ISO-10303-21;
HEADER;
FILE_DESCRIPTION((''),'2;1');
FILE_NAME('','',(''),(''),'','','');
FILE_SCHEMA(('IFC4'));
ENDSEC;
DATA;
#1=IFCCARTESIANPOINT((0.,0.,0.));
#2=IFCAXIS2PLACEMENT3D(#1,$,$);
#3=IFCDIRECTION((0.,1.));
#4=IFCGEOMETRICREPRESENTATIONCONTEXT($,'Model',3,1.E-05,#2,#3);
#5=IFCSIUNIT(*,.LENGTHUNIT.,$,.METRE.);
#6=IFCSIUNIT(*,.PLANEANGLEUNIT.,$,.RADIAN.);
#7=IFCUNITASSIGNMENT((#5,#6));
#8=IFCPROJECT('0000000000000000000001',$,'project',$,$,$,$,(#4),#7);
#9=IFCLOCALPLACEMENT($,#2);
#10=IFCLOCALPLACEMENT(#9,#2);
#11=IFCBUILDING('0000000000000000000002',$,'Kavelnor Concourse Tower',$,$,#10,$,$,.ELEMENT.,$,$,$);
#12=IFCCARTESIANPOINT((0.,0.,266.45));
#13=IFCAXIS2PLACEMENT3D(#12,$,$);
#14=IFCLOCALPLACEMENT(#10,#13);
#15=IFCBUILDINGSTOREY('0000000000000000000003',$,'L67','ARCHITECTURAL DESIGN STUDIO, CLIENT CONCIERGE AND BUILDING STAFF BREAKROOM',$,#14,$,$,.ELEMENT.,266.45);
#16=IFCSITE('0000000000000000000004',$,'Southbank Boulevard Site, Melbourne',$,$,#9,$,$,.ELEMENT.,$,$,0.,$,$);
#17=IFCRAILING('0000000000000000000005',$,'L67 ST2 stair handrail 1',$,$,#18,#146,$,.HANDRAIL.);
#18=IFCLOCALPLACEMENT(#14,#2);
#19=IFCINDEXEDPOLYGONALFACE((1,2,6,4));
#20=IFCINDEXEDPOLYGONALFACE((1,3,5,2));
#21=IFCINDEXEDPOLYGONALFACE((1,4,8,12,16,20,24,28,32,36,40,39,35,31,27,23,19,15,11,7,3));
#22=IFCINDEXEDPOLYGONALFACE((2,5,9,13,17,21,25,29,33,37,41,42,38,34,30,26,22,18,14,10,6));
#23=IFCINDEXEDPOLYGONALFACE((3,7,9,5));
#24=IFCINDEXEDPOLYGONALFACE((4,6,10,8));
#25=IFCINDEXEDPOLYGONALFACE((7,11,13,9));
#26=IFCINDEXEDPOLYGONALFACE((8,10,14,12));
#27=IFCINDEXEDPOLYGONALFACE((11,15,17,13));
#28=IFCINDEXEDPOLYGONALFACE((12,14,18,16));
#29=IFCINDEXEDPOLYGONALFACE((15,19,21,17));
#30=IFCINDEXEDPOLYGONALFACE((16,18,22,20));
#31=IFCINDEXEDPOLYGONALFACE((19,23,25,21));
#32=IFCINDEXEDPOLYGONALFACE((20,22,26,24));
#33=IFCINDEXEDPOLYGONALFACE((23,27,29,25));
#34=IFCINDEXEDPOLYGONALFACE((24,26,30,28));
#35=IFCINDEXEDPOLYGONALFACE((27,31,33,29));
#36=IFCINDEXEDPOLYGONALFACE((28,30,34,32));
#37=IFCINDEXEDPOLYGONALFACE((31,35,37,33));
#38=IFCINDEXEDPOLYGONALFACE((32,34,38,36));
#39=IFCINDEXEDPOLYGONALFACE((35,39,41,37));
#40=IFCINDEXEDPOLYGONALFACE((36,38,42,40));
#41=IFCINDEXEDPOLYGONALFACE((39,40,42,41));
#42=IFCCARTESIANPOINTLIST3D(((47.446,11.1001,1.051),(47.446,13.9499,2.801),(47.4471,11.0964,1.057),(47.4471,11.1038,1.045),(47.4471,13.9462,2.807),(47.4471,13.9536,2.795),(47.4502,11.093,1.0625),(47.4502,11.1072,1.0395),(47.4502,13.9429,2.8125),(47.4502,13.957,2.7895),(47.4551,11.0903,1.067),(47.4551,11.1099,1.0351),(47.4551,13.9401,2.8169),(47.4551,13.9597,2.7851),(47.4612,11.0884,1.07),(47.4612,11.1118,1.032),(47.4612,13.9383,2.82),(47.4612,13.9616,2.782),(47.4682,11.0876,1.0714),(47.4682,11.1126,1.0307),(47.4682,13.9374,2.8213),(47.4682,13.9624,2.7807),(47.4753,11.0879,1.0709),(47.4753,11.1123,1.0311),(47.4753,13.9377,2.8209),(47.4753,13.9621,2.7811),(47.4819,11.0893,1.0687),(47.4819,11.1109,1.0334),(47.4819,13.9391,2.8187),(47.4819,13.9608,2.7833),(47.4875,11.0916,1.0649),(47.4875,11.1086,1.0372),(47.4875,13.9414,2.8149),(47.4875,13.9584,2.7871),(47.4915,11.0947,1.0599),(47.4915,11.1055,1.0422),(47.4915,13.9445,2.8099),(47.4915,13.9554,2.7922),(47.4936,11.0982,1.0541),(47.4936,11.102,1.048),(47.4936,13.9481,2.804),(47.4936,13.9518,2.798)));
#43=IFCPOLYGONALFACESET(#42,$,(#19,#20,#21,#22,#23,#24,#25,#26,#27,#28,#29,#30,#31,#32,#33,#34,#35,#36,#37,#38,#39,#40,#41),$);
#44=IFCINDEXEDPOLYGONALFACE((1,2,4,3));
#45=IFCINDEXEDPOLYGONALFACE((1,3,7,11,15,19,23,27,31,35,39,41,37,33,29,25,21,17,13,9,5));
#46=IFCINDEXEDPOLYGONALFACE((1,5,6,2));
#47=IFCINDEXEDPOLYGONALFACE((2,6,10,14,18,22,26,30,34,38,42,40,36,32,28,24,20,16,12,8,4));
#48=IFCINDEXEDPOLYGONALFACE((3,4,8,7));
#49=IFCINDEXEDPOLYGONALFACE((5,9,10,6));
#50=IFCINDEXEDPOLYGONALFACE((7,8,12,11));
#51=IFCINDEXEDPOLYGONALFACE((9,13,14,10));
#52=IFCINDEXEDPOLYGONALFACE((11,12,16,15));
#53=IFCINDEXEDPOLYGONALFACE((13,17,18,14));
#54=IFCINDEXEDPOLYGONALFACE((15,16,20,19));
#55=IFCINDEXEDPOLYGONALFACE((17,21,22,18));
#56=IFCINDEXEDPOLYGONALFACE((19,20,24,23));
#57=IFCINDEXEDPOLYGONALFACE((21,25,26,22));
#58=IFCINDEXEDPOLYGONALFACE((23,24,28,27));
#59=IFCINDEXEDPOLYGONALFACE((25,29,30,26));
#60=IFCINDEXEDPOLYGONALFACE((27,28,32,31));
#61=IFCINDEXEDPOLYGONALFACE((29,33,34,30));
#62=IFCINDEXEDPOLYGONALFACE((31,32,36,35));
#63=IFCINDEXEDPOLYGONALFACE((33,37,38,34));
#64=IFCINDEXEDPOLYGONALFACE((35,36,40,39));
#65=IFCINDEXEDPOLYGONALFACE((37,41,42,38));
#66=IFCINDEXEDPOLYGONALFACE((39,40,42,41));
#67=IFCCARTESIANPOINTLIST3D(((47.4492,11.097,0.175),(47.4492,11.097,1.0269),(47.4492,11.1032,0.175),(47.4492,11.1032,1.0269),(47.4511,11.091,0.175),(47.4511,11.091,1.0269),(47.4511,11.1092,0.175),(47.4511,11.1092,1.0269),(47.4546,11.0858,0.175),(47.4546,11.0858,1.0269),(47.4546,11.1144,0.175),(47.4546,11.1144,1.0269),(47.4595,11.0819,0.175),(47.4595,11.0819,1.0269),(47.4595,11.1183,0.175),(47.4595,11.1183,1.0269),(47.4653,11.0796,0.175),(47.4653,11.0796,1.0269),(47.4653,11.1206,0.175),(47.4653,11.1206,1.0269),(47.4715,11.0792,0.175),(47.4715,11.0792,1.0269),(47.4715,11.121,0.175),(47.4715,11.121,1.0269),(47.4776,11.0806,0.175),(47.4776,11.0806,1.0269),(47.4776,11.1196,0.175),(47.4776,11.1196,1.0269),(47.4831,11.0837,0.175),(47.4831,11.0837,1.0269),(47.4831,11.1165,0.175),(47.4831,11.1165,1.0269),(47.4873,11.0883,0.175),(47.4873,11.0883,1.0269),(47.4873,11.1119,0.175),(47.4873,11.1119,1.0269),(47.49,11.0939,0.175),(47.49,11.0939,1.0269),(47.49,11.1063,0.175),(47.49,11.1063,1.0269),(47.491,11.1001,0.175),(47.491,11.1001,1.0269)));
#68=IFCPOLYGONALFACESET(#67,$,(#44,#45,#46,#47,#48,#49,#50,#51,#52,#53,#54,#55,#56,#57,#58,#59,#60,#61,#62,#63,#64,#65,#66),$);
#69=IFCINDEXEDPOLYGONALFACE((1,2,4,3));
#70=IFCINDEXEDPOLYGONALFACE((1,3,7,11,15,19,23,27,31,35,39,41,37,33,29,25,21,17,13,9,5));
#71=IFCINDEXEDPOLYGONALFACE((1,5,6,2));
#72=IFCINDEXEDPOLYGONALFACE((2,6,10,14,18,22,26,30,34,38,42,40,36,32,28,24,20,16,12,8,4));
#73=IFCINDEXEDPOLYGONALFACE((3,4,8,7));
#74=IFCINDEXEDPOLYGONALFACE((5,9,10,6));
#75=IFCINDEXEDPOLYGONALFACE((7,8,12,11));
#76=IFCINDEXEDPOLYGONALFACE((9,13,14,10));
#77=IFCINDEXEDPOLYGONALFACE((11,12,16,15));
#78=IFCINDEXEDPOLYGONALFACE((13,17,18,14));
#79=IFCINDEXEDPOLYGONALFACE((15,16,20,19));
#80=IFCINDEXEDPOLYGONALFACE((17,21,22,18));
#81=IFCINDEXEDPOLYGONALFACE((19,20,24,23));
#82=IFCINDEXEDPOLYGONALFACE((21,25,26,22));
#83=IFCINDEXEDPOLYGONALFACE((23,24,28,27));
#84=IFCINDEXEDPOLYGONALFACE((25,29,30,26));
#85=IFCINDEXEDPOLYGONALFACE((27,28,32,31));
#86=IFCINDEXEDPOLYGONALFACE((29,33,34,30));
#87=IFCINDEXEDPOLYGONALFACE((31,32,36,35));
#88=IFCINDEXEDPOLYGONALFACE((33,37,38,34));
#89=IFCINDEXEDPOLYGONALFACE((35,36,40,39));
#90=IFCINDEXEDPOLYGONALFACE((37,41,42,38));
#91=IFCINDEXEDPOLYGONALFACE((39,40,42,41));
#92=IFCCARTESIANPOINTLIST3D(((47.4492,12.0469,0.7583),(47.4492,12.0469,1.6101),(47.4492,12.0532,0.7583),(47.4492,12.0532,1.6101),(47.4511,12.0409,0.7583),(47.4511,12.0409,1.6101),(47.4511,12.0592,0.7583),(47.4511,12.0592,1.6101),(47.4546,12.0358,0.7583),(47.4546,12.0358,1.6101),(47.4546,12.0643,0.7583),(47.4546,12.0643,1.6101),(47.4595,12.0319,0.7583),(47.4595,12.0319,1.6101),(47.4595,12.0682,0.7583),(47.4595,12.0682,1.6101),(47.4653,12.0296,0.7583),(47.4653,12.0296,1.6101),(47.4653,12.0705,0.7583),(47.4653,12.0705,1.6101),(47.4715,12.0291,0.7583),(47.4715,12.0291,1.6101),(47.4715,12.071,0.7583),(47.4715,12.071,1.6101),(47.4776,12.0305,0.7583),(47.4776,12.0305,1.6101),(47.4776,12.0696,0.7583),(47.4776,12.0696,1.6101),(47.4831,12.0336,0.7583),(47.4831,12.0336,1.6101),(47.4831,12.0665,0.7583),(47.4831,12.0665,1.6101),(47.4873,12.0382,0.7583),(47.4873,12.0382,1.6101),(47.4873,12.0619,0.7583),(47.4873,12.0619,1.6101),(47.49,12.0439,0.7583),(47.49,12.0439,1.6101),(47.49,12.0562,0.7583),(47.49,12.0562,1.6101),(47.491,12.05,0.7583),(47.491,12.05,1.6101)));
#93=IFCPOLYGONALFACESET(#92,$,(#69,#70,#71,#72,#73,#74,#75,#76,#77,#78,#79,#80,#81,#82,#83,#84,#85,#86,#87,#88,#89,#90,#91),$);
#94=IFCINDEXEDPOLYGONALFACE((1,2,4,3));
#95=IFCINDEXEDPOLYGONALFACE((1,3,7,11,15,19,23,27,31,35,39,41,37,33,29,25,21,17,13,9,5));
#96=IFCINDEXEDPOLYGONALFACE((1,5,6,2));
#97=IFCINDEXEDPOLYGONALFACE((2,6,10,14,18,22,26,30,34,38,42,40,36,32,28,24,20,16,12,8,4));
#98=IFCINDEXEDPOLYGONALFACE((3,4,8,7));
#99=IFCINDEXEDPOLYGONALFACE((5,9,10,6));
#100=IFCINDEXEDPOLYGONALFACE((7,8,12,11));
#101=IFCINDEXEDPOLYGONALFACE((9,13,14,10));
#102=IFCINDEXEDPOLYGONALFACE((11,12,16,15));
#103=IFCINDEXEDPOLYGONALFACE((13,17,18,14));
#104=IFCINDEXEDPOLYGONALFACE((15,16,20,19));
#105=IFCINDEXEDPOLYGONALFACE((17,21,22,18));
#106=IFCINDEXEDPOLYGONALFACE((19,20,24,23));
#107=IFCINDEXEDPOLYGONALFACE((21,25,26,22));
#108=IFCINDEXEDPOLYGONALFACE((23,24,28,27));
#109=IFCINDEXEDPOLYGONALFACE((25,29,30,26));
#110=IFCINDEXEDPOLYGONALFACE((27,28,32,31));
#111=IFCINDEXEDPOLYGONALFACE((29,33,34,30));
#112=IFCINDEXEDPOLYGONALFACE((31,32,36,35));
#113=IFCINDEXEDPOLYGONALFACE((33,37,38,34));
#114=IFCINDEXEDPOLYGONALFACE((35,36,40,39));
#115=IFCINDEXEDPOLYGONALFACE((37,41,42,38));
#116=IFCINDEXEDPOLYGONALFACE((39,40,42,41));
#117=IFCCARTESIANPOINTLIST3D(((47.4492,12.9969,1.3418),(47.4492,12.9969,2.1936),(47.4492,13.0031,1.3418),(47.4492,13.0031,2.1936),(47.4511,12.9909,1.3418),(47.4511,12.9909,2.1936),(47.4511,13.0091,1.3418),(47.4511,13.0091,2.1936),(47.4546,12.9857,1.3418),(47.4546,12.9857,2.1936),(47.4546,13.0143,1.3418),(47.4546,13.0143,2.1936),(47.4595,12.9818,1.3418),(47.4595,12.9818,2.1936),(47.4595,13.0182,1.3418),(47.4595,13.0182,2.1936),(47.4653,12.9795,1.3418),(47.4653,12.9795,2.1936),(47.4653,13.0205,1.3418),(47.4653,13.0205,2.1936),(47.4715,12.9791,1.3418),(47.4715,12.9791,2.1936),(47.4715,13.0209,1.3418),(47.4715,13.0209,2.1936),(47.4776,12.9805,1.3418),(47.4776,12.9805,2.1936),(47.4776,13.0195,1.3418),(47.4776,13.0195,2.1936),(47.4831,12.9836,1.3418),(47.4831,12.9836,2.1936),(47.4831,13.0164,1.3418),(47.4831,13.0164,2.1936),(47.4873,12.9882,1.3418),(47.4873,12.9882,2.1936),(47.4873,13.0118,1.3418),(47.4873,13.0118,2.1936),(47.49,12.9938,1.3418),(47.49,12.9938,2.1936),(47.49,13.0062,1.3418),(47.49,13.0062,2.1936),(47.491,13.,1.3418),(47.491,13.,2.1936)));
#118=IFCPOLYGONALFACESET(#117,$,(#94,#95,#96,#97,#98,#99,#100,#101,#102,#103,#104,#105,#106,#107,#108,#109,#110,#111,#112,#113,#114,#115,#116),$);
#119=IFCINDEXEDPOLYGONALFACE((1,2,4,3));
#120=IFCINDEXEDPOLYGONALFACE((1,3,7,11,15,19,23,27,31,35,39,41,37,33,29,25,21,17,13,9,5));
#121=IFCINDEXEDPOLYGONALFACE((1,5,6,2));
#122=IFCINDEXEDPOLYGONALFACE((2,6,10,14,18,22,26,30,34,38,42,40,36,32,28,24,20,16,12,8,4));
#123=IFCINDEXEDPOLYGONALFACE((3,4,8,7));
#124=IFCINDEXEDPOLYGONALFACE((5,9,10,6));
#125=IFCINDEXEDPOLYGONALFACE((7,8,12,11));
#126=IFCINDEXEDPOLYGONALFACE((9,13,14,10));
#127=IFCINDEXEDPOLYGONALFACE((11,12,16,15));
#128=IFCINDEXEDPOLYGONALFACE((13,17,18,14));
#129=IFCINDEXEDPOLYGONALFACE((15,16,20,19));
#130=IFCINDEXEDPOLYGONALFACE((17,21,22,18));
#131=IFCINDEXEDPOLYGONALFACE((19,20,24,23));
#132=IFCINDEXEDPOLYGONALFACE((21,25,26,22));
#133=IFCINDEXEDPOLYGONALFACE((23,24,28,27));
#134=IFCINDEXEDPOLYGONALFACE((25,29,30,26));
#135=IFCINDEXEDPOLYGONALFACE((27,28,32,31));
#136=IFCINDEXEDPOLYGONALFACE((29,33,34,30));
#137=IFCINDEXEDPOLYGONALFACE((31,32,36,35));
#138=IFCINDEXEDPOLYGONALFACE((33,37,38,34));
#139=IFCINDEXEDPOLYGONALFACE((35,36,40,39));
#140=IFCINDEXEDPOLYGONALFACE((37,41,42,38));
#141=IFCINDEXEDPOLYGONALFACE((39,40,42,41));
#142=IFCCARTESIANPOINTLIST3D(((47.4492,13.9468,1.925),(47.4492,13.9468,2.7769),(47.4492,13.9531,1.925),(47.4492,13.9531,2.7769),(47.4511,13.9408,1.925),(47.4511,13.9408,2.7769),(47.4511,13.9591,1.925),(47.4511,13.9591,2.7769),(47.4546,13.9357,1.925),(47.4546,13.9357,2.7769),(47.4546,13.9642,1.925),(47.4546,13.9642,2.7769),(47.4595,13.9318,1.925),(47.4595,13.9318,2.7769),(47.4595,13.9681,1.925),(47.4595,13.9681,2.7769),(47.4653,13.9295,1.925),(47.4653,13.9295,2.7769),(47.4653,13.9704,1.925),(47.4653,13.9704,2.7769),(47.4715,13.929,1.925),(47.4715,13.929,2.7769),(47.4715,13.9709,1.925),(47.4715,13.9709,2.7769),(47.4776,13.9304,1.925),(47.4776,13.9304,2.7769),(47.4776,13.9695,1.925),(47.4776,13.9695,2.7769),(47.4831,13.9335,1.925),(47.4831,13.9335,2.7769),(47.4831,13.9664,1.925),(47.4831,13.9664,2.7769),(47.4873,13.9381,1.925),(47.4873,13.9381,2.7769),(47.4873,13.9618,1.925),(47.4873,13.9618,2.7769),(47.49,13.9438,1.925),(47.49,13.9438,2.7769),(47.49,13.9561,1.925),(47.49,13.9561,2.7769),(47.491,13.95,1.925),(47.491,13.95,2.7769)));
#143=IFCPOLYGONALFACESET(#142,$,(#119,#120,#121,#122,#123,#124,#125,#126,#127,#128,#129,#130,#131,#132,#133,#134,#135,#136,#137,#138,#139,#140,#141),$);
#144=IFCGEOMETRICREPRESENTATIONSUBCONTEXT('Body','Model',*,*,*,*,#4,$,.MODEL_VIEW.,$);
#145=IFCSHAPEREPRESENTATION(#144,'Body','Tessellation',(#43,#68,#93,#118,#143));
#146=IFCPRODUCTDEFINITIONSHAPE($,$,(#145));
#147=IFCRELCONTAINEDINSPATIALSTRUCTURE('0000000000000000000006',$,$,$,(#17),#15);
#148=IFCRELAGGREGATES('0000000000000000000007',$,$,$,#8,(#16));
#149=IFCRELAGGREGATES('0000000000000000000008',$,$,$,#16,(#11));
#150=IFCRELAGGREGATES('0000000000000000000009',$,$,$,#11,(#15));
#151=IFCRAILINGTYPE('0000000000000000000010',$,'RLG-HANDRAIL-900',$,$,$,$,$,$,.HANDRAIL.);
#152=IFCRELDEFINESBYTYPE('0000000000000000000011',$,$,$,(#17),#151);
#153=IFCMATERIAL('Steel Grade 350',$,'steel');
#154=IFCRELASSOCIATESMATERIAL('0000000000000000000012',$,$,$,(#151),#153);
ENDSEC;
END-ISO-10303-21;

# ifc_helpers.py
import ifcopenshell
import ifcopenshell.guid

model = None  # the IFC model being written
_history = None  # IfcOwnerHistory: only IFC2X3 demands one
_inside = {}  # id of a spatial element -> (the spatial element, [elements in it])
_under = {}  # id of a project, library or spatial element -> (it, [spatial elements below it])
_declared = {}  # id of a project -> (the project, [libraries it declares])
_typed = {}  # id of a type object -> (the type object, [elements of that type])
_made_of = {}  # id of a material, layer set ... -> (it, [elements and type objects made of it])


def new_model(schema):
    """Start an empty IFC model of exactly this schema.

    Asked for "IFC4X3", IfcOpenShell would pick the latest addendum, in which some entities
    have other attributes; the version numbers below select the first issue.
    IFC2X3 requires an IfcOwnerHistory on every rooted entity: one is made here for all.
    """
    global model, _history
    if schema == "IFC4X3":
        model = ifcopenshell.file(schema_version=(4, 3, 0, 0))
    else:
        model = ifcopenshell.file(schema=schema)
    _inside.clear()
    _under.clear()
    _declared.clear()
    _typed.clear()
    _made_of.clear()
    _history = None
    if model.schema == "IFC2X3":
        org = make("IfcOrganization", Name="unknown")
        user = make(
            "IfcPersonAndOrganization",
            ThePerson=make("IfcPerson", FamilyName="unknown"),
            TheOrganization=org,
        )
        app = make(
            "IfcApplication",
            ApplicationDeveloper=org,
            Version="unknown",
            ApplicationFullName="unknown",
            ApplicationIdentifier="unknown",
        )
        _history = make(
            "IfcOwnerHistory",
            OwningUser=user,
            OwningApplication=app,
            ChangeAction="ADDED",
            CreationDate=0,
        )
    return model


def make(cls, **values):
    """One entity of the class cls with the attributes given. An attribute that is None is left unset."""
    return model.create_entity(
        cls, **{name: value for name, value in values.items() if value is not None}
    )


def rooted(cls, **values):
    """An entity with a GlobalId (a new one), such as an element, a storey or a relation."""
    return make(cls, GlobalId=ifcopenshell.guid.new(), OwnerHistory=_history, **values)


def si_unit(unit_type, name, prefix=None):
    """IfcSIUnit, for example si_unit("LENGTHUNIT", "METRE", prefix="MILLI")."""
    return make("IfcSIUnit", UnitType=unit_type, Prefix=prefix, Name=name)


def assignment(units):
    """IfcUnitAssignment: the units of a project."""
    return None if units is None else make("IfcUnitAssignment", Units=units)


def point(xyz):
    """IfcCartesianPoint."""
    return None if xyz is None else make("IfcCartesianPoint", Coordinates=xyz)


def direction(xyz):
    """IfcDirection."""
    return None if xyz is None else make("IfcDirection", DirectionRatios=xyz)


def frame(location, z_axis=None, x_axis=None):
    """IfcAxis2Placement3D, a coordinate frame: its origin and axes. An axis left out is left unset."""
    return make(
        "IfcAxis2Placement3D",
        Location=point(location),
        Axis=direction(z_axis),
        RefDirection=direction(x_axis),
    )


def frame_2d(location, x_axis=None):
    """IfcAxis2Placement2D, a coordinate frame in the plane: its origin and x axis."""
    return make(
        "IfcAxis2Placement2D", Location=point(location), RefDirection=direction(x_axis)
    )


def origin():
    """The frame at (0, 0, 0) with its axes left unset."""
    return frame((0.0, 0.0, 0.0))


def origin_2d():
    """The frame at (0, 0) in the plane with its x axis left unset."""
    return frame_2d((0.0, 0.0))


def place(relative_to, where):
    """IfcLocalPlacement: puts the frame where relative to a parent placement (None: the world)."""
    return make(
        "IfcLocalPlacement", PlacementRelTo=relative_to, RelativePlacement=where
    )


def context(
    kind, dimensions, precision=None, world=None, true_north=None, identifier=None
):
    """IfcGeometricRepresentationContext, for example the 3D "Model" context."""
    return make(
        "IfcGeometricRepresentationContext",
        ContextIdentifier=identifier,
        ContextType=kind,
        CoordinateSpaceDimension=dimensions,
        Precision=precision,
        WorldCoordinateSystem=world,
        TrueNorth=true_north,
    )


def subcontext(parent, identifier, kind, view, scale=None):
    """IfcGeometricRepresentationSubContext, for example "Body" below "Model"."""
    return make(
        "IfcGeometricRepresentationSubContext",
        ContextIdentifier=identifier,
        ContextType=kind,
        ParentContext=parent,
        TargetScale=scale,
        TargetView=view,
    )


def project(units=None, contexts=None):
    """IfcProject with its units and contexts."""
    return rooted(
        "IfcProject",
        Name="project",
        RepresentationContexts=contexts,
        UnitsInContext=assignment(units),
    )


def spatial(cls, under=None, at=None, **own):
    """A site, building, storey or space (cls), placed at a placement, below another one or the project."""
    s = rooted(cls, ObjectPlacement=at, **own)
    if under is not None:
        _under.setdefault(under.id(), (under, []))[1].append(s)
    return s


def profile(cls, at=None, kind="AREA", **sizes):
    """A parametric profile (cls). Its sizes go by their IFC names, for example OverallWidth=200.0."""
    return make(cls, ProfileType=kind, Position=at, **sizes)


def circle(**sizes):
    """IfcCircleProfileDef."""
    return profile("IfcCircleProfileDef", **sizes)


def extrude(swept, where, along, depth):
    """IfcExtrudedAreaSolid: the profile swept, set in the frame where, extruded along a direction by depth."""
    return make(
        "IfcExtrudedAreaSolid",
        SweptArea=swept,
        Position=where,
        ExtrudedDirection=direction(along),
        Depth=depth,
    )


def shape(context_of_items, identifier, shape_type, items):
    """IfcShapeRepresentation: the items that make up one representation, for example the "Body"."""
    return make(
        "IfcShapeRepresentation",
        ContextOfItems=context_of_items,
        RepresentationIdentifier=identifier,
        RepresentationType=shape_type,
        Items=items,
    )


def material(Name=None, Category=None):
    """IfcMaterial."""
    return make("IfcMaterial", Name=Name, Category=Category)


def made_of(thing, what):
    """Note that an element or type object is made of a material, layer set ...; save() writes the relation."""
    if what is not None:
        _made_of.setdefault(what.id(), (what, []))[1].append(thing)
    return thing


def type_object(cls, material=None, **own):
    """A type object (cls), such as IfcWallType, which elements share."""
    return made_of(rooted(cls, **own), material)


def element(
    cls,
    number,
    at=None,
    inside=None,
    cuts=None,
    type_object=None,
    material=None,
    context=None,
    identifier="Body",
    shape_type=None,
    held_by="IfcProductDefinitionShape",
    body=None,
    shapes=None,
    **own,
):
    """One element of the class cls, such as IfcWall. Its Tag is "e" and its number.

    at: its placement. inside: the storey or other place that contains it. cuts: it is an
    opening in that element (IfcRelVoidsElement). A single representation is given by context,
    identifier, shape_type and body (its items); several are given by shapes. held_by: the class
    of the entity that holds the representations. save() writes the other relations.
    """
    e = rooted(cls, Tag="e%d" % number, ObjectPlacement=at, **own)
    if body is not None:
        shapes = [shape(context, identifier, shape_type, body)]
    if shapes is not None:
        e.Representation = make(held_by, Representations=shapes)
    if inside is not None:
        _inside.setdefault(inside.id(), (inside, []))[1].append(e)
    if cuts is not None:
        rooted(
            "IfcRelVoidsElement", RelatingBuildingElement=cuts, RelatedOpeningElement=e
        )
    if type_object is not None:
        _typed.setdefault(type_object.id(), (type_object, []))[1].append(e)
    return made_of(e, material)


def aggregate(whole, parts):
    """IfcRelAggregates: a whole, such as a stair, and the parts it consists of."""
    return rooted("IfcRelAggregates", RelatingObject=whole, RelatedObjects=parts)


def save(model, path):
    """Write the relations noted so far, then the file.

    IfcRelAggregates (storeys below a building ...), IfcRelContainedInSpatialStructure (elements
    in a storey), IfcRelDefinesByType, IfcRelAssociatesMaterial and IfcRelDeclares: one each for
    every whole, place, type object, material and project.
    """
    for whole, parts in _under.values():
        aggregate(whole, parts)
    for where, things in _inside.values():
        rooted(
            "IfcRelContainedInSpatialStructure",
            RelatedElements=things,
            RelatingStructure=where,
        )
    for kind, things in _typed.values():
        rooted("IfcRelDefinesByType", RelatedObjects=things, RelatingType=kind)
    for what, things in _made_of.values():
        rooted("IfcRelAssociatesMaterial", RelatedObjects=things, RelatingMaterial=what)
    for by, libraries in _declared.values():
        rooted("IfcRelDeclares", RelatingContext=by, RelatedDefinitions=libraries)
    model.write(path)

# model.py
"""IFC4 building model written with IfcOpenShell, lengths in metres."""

from ifc_helpers import new_model, si_unit, direction, frame, origin, origin_2d, place, context, subcontext, project, spatial, circle, extrude, material, type_object, element, save


model = new_model("IFC4")

# Units and contexts
model_context = context("Model", 3, precision=1e-05, world=origin(), true_north=direction((0.0, 1.0)))
body_context = subcontext(model_context, "Body", "Model", "MODEL_VIEW")
ifc_project = project(units=[si_unit("LENGTHUNIT", "METRE"), si_unit("PLANEANGLEUNIT", "RADIAN")], contexts=[model_context])

# Site, building, storey
site_placement = place(None, origin())
site = spatial("IfcSite", under=ifc_project, at=site_placement, Name="Southbank Boulevard Site, Melbourne", CompositionType="ELEMENT", RefElevation=0.0)
building_placement = place(site_placement, origin())
building = spatial("IfcBuilding", under=site, at=building_placement, Name="Kavelnor Concourse Tower", CompositionType="ELEMENT")
storey_placement = place(building_placement, frame((0.0, 0.0, 266.45)))
storey = spatial("IfcBuildingStorey", under=building, at=storey_placement, Name="L67", Description="ARCHITECTURAL DESIGN STUDIO, CLIENT CONCIERGE AND BUILDING STAFF BREAKROOM", CompositionType="ELEMENT", Elevation=266.45)

# Shared definitions
ifc_material_1 = material(Name="Steel Grade 350", Category="steel")

# Railing
railing_type_1 = type_object("IfcRailingType", Name="RLG-HANDRAIL-900", PredefinedType="HANDRAIL", material=ifc_material_1)
railing_1_placement = place(storey_placement, frame((47.47, 11.1001, 0.175)))
element("IfcRailing", 1, at=railing_1_placement, inside=storey, type_object=railing_type_1, Name="L67 ST2 stair handrail 1", PredefinedType="HANDRAIL", context=body_context, shape_type="SweptSolid", body=[
    extrude(circle(Radius=0.0239, at=origin_2d()), frame((0.0, 0.0, 0.876), z_axis=(0.0, 0.852159, 0.523283), x_axis=(-1.0, 0.0, 0.0)), (0.0, 0.0, 1.0), 3.3442),
    extrude(circle(Radius=0.021, at=origin_2d()), origin(), (0.0, 0.0, 1.0), 0.8518),
    extrude(circle(Radius=0.021, at=origin_2d()), frame((0.0, 0.95, 0.5833)), (0.0, 0.0, 1.0), 0.8518),
    extrude(circle(Radius=0.021, at=origin_2d()), frame((0.0, 1.8999, 1.1667)), (0.0, 0.0, 1.0), 0.8518),
    extrude(circle(Radius=0.021, at=origin_2d()), frame((0.0, 2.8499, 1.75)), (0.0, 0.0, 1.0), 0.8518),
])

save(model, "model.ifc")
